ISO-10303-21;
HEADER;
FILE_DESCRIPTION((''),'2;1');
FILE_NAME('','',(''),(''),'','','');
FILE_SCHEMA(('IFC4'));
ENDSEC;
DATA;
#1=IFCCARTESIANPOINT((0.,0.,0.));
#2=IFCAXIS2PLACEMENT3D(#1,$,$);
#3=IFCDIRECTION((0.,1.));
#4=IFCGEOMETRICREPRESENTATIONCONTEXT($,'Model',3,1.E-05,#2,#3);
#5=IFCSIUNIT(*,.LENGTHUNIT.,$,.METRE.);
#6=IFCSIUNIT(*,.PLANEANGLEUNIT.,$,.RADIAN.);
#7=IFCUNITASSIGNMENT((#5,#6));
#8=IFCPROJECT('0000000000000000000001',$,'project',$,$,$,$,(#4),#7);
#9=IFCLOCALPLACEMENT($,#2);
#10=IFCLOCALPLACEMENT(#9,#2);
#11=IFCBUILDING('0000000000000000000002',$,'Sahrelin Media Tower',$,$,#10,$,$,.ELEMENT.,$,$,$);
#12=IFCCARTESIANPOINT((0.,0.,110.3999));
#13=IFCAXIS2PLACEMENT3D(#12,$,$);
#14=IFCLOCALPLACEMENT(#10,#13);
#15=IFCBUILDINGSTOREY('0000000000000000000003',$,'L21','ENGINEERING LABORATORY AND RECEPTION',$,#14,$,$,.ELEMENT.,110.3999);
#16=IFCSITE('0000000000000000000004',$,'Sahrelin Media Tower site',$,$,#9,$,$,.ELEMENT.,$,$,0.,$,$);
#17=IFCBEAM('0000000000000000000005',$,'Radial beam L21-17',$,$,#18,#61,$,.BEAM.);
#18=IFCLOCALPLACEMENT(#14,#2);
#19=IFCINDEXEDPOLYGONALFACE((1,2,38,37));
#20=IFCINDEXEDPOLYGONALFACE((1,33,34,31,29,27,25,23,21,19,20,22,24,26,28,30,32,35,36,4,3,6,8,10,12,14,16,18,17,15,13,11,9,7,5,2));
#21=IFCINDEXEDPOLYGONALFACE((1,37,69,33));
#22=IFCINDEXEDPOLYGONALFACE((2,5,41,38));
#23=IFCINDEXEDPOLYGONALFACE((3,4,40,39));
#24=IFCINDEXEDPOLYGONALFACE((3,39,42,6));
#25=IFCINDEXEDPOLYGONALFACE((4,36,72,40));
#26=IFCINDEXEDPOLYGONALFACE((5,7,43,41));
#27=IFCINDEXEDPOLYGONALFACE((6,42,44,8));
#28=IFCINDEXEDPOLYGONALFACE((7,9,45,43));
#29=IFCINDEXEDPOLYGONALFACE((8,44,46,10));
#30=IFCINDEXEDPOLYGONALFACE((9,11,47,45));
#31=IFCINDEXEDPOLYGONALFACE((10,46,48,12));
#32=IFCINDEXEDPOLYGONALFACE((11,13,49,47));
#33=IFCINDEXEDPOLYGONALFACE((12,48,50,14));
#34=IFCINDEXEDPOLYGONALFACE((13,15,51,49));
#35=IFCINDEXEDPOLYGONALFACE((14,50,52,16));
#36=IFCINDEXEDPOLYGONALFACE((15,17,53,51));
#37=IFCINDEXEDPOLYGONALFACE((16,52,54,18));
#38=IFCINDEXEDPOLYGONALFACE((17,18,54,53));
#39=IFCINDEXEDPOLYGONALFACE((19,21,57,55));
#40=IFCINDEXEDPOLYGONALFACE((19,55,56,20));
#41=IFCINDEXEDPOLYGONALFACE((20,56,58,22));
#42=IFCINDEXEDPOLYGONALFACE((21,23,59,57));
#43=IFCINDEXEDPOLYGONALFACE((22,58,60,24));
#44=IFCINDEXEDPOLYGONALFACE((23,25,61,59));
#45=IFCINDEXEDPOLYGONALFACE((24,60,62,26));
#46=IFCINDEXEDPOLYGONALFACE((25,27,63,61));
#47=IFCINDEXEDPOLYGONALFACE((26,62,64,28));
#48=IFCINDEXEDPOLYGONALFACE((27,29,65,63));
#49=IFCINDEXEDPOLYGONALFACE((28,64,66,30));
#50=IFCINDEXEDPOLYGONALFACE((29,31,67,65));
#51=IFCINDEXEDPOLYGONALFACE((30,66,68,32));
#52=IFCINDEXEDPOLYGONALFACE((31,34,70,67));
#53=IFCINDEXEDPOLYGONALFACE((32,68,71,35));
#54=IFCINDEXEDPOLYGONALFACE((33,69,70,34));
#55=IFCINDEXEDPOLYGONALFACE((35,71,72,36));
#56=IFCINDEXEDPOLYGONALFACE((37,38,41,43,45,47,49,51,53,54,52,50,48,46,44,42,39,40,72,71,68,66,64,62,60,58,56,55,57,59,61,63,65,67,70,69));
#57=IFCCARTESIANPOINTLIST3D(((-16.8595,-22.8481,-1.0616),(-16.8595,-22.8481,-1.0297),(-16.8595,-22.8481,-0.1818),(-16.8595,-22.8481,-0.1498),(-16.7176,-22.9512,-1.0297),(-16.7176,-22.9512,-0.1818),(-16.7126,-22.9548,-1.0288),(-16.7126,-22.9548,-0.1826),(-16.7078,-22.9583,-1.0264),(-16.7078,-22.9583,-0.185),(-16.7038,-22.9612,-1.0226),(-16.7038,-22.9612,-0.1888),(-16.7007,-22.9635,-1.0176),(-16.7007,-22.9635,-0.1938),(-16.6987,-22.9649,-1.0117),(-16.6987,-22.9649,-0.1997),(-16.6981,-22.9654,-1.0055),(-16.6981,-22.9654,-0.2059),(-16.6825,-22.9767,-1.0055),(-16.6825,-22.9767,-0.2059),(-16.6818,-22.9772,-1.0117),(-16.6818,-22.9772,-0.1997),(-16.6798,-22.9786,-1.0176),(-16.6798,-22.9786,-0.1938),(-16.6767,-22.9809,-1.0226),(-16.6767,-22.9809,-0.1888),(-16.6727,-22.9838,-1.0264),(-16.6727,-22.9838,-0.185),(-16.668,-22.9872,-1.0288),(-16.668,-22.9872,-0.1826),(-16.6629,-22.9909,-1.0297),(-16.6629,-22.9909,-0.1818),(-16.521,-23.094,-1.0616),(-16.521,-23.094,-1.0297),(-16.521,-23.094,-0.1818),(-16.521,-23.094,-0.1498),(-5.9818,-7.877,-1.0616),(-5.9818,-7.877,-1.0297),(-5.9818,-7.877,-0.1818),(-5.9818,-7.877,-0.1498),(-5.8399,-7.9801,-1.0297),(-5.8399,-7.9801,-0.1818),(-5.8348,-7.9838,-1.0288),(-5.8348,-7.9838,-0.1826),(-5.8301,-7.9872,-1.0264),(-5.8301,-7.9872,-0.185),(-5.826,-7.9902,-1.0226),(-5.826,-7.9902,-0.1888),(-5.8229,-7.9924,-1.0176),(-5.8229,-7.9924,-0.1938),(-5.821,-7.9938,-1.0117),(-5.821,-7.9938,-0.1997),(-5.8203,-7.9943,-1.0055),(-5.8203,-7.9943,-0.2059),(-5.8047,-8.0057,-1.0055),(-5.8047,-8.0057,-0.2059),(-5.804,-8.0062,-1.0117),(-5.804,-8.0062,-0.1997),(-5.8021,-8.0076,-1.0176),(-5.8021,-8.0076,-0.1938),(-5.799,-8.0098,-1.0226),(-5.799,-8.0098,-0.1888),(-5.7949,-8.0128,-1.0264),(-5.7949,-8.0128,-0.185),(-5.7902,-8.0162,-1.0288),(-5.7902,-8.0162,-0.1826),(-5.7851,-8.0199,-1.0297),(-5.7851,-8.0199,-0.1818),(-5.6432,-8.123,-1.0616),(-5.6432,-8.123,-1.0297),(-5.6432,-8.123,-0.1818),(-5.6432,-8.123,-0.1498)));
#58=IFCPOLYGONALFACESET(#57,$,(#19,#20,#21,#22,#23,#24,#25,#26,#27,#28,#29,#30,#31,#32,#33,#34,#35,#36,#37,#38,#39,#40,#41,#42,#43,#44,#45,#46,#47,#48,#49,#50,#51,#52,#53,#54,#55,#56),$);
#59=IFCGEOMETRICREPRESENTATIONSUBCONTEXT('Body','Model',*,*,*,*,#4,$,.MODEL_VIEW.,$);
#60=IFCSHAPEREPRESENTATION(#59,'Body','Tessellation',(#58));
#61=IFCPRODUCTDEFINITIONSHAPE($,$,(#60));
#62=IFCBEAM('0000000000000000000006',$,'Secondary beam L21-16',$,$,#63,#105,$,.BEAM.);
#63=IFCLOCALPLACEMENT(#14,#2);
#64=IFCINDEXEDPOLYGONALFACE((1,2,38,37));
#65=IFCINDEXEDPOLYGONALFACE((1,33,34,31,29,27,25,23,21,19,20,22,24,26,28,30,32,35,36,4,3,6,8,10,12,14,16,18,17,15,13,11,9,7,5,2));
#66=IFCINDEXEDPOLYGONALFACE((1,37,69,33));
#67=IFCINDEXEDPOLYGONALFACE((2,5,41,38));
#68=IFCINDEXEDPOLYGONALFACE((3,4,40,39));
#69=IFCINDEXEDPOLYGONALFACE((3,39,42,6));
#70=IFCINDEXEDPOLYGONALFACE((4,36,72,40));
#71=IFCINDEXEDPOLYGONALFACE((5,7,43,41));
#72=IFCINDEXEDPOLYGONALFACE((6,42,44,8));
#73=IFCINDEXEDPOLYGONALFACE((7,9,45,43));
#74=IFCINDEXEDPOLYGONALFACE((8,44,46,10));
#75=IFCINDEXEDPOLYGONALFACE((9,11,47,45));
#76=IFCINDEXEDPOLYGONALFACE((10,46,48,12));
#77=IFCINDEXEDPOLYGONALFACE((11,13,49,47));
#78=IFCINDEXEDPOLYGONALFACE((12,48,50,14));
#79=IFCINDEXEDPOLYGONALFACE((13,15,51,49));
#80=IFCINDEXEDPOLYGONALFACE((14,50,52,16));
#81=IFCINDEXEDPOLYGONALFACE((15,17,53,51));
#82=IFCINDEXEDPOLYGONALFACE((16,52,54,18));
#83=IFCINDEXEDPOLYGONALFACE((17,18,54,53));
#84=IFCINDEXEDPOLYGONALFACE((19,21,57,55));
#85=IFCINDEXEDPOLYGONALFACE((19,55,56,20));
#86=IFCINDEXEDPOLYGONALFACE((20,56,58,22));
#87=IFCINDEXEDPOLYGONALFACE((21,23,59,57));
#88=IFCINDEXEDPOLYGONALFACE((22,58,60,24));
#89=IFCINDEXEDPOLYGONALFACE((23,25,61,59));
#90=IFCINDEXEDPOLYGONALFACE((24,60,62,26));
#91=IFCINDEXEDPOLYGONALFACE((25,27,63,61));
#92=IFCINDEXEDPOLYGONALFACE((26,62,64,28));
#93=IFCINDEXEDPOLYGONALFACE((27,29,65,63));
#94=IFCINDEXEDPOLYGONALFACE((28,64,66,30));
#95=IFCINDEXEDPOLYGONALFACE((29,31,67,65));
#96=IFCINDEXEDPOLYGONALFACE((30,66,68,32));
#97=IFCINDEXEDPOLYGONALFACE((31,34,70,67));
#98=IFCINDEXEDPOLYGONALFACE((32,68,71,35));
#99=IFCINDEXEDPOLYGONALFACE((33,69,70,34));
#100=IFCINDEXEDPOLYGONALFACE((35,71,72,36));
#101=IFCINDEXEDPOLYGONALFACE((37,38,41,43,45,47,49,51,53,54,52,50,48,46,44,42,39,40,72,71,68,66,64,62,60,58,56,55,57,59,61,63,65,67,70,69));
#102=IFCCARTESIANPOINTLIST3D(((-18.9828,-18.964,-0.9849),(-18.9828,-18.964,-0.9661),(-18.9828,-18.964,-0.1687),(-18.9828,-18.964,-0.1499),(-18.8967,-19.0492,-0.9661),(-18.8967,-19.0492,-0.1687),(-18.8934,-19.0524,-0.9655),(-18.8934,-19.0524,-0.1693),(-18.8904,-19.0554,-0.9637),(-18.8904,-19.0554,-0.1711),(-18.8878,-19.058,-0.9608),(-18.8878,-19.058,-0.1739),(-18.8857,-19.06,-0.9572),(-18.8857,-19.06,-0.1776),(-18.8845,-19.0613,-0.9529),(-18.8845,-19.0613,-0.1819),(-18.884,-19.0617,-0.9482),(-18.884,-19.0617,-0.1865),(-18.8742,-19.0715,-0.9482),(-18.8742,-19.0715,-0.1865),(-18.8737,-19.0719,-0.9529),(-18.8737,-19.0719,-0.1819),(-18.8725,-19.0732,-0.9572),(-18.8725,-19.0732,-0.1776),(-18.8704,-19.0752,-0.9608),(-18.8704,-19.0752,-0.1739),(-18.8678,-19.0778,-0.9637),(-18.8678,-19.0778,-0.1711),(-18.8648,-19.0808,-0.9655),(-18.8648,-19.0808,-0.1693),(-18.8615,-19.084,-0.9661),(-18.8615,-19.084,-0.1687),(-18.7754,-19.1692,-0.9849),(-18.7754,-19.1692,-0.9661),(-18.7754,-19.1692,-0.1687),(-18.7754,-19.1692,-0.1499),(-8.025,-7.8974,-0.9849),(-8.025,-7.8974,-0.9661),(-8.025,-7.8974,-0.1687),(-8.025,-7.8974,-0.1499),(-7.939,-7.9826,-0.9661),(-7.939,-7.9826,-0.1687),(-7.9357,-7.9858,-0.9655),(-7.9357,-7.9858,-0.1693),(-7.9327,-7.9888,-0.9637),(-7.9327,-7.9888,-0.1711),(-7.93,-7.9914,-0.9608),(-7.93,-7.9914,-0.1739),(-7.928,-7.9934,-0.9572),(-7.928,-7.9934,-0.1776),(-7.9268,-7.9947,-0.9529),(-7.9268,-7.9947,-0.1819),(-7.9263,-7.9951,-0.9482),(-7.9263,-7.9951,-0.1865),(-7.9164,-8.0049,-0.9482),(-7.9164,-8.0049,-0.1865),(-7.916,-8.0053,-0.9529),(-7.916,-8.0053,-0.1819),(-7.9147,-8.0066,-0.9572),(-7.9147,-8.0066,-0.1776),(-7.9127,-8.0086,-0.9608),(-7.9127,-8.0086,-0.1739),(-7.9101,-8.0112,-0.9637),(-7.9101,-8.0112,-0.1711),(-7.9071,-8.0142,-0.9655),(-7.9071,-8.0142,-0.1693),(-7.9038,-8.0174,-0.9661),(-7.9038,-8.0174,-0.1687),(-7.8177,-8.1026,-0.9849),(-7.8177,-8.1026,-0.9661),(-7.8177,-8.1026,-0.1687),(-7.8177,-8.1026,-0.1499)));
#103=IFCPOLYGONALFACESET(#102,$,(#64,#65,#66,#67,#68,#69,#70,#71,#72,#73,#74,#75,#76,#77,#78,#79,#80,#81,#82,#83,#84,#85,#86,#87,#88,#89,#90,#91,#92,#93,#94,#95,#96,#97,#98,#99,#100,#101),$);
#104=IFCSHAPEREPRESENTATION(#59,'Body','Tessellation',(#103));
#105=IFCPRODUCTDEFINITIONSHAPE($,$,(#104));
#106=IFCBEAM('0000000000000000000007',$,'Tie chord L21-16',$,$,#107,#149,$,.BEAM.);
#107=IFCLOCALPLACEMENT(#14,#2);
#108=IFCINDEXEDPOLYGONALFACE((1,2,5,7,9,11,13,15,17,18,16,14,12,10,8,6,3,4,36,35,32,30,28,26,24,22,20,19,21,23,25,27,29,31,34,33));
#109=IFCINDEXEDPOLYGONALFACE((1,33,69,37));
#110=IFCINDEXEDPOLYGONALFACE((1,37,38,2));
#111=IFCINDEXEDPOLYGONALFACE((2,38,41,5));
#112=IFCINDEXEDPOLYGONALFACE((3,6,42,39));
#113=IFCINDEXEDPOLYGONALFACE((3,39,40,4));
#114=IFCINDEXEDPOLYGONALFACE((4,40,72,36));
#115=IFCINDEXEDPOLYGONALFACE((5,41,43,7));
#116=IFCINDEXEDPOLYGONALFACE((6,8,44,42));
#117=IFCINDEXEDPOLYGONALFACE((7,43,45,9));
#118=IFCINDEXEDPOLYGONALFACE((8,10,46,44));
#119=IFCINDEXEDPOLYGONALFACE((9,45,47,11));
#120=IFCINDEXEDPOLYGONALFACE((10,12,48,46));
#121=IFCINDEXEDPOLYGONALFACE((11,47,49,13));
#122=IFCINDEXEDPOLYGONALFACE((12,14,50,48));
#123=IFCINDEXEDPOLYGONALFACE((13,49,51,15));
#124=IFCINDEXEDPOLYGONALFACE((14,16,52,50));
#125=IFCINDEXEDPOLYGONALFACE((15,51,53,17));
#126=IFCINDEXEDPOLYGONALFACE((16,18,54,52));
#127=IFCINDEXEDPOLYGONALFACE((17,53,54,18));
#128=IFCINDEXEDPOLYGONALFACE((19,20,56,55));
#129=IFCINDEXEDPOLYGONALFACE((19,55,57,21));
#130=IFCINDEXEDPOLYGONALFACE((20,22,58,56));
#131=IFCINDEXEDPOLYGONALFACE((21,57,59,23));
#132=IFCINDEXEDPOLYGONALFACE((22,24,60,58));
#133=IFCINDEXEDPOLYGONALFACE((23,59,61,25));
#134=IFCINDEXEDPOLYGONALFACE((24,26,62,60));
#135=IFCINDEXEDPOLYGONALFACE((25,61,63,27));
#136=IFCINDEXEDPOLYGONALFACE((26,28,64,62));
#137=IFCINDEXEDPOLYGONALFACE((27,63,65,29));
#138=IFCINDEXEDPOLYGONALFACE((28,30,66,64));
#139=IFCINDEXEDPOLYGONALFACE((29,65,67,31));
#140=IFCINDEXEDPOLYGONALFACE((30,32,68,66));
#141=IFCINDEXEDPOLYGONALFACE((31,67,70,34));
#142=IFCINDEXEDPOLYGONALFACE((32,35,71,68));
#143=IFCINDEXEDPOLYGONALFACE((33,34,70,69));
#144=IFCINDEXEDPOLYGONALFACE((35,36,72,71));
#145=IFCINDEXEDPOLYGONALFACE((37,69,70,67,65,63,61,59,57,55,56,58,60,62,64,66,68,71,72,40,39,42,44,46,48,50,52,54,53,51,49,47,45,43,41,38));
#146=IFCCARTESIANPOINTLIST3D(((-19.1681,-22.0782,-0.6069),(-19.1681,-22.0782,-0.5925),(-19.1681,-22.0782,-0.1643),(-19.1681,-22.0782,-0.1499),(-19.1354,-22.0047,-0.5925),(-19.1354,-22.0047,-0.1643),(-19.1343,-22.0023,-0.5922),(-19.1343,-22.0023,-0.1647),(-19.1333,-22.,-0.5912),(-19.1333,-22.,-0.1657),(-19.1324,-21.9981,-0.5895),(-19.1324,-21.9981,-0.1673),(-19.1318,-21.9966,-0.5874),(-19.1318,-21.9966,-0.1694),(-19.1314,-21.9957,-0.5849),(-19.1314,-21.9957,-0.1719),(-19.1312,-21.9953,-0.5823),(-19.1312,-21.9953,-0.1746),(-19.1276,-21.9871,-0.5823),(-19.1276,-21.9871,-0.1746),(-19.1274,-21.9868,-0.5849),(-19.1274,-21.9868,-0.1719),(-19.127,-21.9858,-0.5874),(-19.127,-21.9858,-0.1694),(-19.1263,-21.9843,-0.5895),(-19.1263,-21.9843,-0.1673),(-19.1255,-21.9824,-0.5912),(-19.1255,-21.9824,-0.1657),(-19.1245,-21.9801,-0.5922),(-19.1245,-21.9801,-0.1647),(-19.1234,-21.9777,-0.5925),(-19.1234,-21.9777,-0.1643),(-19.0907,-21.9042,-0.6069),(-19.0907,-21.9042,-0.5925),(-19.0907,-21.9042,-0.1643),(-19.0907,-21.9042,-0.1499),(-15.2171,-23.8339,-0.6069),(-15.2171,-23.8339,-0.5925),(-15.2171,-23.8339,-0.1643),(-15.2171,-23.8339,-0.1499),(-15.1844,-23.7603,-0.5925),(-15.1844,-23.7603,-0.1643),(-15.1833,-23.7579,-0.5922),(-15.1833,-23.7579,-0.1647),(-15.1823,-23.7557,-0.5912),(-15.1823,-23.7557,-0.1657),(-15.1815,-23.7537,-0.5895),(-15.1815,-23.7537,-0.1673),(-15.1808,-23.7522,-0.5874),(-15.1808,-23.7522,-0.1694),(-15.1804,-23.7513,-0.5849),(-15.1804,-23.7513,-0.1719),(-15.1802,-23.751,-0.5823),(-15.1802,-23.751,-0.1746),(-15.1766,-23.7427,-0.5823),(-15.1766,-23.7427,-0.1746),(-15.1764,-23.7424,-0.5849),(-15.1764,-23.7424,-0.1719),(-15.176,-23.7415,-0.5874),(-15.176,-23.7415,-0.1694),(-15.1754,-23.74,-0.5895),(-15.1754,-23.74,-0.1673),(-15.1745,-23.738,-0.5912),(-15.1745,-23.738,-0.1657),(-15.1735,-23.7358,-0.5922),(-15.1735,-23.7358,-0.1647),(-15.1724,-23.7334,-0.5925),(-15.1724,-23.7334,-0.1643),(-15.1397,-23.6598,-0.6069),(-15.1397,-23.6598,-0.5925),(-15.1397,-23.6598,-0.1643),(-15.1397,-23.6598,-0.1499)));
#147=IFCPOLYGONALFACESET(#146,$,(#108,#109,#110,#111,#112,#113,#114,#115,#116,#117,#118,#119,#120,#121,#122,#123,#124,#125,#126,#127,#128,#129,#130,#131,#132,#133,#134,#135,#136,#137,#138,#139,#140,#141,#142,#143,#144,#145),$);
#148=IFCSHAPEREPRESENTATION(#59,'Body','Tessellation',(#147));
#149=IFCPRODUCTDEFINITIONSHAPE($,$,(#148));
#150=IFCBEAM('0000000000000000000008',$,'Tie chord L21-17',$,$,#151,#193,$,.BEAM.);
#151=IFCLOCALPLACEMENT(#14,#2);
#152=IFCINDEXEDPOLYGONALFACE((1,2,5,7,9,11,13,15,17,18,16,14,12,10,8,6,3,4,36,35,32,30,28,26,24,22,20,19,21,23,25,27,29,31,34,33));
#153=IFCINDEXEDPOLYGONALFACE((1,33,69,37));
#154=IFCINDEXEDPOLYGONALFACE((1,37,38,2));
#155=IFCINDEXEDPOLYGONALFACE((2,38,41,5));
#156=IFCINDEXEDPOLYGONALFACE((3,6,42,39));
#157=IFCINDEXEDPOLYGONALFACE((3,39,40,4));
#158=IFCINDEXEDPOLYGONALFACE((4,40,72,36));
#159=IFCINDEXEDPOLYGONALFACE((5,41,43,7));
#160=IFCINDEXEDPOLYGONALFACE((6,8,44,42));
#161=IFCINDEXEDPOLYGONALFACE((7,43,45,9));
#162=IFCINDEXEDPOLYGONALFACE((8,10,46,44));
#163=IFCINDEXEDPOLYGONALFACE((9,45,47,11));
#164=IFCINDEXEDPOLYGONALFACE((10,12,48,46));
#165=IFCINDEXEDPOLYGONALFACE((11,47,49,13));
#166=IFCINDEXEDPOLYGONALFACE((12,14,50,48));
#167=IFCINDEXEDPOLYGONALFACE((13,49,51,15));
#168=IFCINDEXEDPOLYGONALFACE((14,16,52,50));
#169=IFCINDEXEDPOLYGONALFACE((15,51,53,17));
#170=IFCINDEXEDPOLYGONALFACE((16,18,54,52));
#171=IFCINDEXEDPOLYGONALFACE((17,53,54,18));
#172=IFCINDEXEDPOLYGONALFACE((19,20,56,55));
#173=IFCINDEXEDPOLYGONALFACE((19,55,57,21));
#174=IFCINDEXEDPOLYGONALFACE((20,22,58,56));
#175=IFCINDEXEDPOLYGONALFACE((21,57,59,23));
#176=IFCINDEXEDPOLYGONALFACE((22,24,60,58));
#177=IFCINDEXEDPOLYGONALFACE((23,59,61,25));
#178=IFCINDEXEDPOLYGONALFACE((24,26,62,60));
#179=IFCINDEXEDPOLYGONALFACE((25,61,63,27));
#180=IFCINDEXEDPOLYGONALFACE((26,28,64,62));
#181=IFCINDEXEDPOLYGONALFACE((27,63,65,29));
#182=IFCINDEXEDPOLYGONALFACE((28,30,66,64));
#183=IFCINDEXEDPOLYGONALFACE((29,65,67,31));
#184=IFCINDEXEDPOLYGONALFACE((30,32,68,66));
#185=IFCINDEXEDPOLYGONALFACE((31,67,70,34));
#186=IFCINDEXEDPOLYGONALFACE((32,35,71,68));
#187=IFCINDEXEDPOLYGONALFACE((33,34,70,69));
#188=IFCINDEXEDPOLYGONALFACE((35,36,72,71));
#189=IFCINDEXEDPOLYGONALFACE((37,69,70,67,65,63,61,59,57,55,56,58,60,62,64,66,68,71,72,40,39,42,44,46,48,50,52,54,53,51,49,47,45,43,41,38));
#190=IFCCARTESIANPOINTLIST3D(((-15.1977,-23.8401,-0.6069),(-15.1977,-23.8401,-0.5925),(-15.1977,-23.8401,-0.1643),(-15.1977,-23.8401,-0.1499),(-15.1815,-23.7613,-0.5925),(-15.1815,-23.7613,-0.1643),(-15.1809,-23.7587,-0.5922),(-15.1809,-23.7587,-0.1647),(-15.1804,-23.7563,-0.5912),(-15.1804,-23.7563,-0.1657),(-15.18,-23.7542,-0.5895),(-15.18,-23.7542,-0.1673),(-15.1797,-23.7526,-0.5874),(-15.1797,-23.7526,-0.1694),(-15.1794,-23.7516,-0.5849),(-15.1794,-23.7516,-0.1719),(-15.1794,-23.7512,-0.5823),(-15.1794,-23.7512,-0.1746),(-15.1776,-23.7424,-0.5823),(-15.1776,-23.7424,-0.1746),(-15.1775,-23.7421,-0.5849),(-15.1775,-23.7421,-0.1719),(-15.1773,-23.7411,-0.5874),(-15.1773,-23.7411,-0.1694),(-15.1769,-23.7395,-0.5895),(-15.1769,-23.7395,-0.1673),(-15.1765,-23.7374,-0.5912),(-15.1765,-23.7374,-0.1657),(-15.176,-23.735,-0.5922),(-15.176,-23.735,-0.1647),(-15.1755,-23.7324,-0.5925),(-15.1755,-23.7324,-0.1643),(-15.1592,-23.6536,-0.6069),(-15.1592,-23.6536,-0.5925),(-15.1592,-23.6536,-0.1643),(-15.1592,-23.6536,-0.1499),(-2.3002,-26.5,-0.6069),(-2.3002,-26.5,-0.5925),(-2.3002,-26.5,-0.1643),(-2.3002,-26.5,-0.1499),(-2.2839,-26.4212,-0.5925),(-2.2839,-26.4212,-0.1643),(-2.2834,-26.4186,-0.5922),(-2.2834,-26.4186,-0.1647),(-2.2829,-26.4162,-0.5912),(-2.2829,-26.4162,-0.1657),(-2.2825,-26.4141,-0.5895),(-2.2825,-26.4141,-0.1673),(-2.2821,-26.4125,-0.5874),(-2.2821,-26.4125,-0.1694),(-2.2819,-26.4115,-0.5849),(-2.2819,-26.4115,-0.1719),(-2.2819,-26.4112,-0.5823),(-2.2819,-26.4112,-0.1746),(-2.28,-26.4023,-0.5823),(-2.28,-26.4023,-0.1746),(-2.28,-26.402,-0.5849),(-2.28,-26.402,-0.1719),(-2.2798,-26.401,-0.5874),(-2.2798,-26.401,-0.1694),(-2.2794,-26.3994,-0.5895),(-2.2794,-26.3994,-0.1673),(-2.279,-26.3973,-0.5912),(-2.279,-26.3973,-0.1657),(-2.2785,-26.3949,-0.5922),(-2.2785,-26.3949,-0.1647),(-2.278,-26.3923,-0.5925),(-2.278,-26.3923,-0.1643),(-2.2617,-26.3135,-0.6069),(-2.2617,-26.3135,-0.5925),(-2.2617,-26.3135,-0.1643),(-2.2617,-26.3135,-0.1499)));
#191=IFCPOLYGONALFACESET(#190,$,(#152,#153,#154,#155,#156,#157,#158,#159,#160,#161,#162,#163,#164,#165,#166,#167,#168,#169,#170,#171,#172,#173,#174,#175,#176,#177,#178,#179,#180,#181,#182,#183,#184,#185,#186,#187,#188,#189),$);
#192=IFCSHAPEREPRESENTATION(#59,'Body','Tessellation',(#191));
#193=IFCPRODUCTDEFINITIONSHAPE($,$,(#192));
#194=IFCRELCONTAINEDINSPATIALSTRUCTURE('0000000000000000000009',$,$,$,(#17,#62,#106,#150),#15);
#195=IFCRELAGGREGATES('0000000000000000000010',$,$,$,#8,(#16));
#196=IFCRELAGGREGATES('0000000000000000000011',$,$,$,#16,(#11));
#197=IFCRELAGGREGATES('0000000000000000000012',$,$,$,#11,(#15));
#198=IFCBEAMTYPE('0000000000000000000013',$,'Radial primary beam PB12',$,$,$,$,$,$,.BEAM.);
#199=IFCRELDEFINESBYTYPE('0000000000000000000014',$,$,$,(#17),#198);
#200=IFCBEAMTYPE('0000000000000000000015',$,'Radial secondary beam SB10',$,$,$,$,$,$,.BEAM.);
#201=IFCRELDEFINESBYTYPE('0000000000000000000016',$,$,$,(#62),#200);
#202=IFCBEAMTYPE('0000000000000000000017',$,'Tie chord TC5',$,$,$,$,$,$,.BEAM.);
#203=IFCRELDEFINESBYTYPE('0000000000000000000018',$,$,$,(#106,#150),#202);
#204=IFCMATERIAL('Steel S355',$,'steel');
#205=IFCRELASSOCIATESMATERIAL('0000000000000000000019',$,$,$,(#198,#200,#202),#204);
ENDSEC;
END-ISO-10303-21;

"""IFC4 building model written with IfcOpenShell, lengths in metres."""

from ifc_helpers import new_model, si_unit, direction, frame, origin, origin_2d, place, context, subcontext, project, spatial, i_section, extrude, material, material_profile, profile_set, type_object, element, save


model = new_model("IFC4")

# Units and contexts
model_context = context("Model", 3, precision=1e-05, world=origin(), true_north=direction((0.0, 1.0)))
body_context = subcontext(model_context, "Body", "Model", "MODEL_VIEW")
ifc_project = project(units=[si_unit("LENGTHUNIT", "METRE"), si_unit("PLANEANGLEUNIT", "RADIAN")], contexts=[model_context])

# Site, building, storey
site_placement = place(None, origin())
site = spatial("IfcSite", under=ifc_project, at=site_placement, Name="Sahrelin Media Tower site", CompositionType="ELEMENT", RefElevation=0.0)
building_placement = place(site_placement, origin())
building = spatial("IfcBuilding", under=site, at=building_placement, Name="Sahrelin Media Tower", CompositionType="ELEMENT")
storey_placement = place(building_placement, frame((0.0, 0.0, 110.3999)))
storey = spatial("IfcBuildingStorey", under=building, at=storey_placement, Name="L21", Description="ENGINEERING LABORATORY AND RECEPTION", CompositionType="ELEMENT", Elevation=110.3999)

# Shared definitions
ifc_material_1 = material(Name="Steel S355", Category="steel")

# Beams
ifc_material_profile_1 = material_profile(ifc_material_1, i_section(OverallWidth=0.4185, OverallDepth=0.9119, WebThickness=0.0193, FlangeThickness=0.032, FilletRadius=0.0242, at=origin_2d()), Name="UB 914x419x343")
ifc_profile_set_1 = profile_set([ifc_material_profile_1], Name="Steel S355")
beam_type_1 = type_object("IfcBeamType", Name="Radial primary beam PB12", PredefinedType="BEAM", material=ifc_profile_set_1)
beam_1_placement = place(storey_placement, frame((-5.8125, -8.0, -0.6057), z_axis=(-0.587808, -0.809, 0.0), x_axis=(0.809, -0.587808, 0.0)))
element("IfcBeam", 1, at=beam_1_placement, inside=storey, type_object=beam_type_1, Name="Radial beam L21-17", PredefinedType="BEAM", context=body_context, shape_type="SweptSolid", body=[
    extrude(i_section(OverallWidth=0.4185, OverallDepth=0.9119, WebThickness=0.0193, FlangeThickness=0.032, FilletRadius=0.0242, at=origin_2d()), origin(), (0.0, 0.0, 1.0), 18.5056),
])
ifc_material_profile_2 = material_profile(ifc_material_1, i_section(OverallWidth=0.2917, OverallDepth=0.835, WebThickness=0.0139, FlangeThickness=0.0188, FilletRadius=0.0178, at=origin_2d()), Name="UB 838x292x176")
ifc_profile_set_2 = profile_set([ifc_material_profile_2], Name="Steel S355")
beam_type_2 = type_object("IfcBeamType", Name="Radial secondary beam SB10", PredefinedType="BEAM", material=ifc_profile_set_2)
beam_2_placement = place(storey_placement, frame((-7.9214, -8.0, -0.5674), z_axis=(-0.703602, -0.710594, 0.0), x_axis=(0.710594, -0.703602, 0.0)))
element("IfcBeam", 2, at=beam_2_placement, inside=storey, type_object=beam_type_2, Name="Secondary beam L21-16", PredefinedType="BEAM", context=body_context, shape_type="SweptSolid", body=[
    extrude(i_section(OverallWidth=0.2917, OverallDepth=0.835, WebThickness=0.0139, FlangeThickness=0.0188, FilletRadius=0.0178, at=origin_2d()), origin(), (0.0, 0.0, 1.0), 15.5737),
])
ifc_material_profile_3 = material_profile(ifc_material_1, i_section(OverallWidth=0.1904, OverallDepth=0.457, WebThickness=0.009, FlangeThickness=0.0144, FilletRadius=0.0103, at=origin_2d()), Name="UB 457x191x74")
ifc_profile_set_3 = profile_set([ifc_material_profile_3], Name="Steel S355")
beam_type_3 = type_object("IfcBeamType", Name="Tie chord TC5", PredefinedType="BEAM", material=ifc_profile_set_3)
beam_3_placement = place(storey_placement, frame((-19.1294, -21.9912, -0.3784), z_axis=(0.913842, -0.40607, 0.0), x_axis=(0.40607, 0.913842, 0.0)))
element("IfcBeam", 3, at=beam_3_placement, inside=storey, type_object=beam_type_3, Name="Tie chord L21-16", PredefinedType="BEAM", context=body_context, shape_type="SweptSolid", body=[
    extrude(i_section(OverallWidth=0.1904, OverallDepth=0.457, WebThickness=0.009, FlangeThickness=0.0144, FilletRadius=0.0103, at=origin_2d()), origin(), (0.0, 0.0, 1.0), 4.3235),
])
beam_4_placement = place(storey_placement, frame((-15.1785, -23.7468, -0.3784), z_axis=(0.979389, -0.201985, 0.0), x_axis=(0.201985, 0.979389, 0.0)))
element("IfcBeam", 4, at=beam_4_placement, inside=storey, type_object=beam_type_3, Name="Tie chord L21-17", PredefinedType="BEAM", context=body_context, shape_type="SweptSolid", body=[
    extrude(i_section(OverallWidth=0.1904, OverallDepth=0.457, WebThickness=0.009, FlangeThickness=0.0144, FilletRadius=0.0103, at=origin_2d()), origin(), (0.0, 0.0, 1.0), 13.1689),
])

save(model, "model.ifc")
